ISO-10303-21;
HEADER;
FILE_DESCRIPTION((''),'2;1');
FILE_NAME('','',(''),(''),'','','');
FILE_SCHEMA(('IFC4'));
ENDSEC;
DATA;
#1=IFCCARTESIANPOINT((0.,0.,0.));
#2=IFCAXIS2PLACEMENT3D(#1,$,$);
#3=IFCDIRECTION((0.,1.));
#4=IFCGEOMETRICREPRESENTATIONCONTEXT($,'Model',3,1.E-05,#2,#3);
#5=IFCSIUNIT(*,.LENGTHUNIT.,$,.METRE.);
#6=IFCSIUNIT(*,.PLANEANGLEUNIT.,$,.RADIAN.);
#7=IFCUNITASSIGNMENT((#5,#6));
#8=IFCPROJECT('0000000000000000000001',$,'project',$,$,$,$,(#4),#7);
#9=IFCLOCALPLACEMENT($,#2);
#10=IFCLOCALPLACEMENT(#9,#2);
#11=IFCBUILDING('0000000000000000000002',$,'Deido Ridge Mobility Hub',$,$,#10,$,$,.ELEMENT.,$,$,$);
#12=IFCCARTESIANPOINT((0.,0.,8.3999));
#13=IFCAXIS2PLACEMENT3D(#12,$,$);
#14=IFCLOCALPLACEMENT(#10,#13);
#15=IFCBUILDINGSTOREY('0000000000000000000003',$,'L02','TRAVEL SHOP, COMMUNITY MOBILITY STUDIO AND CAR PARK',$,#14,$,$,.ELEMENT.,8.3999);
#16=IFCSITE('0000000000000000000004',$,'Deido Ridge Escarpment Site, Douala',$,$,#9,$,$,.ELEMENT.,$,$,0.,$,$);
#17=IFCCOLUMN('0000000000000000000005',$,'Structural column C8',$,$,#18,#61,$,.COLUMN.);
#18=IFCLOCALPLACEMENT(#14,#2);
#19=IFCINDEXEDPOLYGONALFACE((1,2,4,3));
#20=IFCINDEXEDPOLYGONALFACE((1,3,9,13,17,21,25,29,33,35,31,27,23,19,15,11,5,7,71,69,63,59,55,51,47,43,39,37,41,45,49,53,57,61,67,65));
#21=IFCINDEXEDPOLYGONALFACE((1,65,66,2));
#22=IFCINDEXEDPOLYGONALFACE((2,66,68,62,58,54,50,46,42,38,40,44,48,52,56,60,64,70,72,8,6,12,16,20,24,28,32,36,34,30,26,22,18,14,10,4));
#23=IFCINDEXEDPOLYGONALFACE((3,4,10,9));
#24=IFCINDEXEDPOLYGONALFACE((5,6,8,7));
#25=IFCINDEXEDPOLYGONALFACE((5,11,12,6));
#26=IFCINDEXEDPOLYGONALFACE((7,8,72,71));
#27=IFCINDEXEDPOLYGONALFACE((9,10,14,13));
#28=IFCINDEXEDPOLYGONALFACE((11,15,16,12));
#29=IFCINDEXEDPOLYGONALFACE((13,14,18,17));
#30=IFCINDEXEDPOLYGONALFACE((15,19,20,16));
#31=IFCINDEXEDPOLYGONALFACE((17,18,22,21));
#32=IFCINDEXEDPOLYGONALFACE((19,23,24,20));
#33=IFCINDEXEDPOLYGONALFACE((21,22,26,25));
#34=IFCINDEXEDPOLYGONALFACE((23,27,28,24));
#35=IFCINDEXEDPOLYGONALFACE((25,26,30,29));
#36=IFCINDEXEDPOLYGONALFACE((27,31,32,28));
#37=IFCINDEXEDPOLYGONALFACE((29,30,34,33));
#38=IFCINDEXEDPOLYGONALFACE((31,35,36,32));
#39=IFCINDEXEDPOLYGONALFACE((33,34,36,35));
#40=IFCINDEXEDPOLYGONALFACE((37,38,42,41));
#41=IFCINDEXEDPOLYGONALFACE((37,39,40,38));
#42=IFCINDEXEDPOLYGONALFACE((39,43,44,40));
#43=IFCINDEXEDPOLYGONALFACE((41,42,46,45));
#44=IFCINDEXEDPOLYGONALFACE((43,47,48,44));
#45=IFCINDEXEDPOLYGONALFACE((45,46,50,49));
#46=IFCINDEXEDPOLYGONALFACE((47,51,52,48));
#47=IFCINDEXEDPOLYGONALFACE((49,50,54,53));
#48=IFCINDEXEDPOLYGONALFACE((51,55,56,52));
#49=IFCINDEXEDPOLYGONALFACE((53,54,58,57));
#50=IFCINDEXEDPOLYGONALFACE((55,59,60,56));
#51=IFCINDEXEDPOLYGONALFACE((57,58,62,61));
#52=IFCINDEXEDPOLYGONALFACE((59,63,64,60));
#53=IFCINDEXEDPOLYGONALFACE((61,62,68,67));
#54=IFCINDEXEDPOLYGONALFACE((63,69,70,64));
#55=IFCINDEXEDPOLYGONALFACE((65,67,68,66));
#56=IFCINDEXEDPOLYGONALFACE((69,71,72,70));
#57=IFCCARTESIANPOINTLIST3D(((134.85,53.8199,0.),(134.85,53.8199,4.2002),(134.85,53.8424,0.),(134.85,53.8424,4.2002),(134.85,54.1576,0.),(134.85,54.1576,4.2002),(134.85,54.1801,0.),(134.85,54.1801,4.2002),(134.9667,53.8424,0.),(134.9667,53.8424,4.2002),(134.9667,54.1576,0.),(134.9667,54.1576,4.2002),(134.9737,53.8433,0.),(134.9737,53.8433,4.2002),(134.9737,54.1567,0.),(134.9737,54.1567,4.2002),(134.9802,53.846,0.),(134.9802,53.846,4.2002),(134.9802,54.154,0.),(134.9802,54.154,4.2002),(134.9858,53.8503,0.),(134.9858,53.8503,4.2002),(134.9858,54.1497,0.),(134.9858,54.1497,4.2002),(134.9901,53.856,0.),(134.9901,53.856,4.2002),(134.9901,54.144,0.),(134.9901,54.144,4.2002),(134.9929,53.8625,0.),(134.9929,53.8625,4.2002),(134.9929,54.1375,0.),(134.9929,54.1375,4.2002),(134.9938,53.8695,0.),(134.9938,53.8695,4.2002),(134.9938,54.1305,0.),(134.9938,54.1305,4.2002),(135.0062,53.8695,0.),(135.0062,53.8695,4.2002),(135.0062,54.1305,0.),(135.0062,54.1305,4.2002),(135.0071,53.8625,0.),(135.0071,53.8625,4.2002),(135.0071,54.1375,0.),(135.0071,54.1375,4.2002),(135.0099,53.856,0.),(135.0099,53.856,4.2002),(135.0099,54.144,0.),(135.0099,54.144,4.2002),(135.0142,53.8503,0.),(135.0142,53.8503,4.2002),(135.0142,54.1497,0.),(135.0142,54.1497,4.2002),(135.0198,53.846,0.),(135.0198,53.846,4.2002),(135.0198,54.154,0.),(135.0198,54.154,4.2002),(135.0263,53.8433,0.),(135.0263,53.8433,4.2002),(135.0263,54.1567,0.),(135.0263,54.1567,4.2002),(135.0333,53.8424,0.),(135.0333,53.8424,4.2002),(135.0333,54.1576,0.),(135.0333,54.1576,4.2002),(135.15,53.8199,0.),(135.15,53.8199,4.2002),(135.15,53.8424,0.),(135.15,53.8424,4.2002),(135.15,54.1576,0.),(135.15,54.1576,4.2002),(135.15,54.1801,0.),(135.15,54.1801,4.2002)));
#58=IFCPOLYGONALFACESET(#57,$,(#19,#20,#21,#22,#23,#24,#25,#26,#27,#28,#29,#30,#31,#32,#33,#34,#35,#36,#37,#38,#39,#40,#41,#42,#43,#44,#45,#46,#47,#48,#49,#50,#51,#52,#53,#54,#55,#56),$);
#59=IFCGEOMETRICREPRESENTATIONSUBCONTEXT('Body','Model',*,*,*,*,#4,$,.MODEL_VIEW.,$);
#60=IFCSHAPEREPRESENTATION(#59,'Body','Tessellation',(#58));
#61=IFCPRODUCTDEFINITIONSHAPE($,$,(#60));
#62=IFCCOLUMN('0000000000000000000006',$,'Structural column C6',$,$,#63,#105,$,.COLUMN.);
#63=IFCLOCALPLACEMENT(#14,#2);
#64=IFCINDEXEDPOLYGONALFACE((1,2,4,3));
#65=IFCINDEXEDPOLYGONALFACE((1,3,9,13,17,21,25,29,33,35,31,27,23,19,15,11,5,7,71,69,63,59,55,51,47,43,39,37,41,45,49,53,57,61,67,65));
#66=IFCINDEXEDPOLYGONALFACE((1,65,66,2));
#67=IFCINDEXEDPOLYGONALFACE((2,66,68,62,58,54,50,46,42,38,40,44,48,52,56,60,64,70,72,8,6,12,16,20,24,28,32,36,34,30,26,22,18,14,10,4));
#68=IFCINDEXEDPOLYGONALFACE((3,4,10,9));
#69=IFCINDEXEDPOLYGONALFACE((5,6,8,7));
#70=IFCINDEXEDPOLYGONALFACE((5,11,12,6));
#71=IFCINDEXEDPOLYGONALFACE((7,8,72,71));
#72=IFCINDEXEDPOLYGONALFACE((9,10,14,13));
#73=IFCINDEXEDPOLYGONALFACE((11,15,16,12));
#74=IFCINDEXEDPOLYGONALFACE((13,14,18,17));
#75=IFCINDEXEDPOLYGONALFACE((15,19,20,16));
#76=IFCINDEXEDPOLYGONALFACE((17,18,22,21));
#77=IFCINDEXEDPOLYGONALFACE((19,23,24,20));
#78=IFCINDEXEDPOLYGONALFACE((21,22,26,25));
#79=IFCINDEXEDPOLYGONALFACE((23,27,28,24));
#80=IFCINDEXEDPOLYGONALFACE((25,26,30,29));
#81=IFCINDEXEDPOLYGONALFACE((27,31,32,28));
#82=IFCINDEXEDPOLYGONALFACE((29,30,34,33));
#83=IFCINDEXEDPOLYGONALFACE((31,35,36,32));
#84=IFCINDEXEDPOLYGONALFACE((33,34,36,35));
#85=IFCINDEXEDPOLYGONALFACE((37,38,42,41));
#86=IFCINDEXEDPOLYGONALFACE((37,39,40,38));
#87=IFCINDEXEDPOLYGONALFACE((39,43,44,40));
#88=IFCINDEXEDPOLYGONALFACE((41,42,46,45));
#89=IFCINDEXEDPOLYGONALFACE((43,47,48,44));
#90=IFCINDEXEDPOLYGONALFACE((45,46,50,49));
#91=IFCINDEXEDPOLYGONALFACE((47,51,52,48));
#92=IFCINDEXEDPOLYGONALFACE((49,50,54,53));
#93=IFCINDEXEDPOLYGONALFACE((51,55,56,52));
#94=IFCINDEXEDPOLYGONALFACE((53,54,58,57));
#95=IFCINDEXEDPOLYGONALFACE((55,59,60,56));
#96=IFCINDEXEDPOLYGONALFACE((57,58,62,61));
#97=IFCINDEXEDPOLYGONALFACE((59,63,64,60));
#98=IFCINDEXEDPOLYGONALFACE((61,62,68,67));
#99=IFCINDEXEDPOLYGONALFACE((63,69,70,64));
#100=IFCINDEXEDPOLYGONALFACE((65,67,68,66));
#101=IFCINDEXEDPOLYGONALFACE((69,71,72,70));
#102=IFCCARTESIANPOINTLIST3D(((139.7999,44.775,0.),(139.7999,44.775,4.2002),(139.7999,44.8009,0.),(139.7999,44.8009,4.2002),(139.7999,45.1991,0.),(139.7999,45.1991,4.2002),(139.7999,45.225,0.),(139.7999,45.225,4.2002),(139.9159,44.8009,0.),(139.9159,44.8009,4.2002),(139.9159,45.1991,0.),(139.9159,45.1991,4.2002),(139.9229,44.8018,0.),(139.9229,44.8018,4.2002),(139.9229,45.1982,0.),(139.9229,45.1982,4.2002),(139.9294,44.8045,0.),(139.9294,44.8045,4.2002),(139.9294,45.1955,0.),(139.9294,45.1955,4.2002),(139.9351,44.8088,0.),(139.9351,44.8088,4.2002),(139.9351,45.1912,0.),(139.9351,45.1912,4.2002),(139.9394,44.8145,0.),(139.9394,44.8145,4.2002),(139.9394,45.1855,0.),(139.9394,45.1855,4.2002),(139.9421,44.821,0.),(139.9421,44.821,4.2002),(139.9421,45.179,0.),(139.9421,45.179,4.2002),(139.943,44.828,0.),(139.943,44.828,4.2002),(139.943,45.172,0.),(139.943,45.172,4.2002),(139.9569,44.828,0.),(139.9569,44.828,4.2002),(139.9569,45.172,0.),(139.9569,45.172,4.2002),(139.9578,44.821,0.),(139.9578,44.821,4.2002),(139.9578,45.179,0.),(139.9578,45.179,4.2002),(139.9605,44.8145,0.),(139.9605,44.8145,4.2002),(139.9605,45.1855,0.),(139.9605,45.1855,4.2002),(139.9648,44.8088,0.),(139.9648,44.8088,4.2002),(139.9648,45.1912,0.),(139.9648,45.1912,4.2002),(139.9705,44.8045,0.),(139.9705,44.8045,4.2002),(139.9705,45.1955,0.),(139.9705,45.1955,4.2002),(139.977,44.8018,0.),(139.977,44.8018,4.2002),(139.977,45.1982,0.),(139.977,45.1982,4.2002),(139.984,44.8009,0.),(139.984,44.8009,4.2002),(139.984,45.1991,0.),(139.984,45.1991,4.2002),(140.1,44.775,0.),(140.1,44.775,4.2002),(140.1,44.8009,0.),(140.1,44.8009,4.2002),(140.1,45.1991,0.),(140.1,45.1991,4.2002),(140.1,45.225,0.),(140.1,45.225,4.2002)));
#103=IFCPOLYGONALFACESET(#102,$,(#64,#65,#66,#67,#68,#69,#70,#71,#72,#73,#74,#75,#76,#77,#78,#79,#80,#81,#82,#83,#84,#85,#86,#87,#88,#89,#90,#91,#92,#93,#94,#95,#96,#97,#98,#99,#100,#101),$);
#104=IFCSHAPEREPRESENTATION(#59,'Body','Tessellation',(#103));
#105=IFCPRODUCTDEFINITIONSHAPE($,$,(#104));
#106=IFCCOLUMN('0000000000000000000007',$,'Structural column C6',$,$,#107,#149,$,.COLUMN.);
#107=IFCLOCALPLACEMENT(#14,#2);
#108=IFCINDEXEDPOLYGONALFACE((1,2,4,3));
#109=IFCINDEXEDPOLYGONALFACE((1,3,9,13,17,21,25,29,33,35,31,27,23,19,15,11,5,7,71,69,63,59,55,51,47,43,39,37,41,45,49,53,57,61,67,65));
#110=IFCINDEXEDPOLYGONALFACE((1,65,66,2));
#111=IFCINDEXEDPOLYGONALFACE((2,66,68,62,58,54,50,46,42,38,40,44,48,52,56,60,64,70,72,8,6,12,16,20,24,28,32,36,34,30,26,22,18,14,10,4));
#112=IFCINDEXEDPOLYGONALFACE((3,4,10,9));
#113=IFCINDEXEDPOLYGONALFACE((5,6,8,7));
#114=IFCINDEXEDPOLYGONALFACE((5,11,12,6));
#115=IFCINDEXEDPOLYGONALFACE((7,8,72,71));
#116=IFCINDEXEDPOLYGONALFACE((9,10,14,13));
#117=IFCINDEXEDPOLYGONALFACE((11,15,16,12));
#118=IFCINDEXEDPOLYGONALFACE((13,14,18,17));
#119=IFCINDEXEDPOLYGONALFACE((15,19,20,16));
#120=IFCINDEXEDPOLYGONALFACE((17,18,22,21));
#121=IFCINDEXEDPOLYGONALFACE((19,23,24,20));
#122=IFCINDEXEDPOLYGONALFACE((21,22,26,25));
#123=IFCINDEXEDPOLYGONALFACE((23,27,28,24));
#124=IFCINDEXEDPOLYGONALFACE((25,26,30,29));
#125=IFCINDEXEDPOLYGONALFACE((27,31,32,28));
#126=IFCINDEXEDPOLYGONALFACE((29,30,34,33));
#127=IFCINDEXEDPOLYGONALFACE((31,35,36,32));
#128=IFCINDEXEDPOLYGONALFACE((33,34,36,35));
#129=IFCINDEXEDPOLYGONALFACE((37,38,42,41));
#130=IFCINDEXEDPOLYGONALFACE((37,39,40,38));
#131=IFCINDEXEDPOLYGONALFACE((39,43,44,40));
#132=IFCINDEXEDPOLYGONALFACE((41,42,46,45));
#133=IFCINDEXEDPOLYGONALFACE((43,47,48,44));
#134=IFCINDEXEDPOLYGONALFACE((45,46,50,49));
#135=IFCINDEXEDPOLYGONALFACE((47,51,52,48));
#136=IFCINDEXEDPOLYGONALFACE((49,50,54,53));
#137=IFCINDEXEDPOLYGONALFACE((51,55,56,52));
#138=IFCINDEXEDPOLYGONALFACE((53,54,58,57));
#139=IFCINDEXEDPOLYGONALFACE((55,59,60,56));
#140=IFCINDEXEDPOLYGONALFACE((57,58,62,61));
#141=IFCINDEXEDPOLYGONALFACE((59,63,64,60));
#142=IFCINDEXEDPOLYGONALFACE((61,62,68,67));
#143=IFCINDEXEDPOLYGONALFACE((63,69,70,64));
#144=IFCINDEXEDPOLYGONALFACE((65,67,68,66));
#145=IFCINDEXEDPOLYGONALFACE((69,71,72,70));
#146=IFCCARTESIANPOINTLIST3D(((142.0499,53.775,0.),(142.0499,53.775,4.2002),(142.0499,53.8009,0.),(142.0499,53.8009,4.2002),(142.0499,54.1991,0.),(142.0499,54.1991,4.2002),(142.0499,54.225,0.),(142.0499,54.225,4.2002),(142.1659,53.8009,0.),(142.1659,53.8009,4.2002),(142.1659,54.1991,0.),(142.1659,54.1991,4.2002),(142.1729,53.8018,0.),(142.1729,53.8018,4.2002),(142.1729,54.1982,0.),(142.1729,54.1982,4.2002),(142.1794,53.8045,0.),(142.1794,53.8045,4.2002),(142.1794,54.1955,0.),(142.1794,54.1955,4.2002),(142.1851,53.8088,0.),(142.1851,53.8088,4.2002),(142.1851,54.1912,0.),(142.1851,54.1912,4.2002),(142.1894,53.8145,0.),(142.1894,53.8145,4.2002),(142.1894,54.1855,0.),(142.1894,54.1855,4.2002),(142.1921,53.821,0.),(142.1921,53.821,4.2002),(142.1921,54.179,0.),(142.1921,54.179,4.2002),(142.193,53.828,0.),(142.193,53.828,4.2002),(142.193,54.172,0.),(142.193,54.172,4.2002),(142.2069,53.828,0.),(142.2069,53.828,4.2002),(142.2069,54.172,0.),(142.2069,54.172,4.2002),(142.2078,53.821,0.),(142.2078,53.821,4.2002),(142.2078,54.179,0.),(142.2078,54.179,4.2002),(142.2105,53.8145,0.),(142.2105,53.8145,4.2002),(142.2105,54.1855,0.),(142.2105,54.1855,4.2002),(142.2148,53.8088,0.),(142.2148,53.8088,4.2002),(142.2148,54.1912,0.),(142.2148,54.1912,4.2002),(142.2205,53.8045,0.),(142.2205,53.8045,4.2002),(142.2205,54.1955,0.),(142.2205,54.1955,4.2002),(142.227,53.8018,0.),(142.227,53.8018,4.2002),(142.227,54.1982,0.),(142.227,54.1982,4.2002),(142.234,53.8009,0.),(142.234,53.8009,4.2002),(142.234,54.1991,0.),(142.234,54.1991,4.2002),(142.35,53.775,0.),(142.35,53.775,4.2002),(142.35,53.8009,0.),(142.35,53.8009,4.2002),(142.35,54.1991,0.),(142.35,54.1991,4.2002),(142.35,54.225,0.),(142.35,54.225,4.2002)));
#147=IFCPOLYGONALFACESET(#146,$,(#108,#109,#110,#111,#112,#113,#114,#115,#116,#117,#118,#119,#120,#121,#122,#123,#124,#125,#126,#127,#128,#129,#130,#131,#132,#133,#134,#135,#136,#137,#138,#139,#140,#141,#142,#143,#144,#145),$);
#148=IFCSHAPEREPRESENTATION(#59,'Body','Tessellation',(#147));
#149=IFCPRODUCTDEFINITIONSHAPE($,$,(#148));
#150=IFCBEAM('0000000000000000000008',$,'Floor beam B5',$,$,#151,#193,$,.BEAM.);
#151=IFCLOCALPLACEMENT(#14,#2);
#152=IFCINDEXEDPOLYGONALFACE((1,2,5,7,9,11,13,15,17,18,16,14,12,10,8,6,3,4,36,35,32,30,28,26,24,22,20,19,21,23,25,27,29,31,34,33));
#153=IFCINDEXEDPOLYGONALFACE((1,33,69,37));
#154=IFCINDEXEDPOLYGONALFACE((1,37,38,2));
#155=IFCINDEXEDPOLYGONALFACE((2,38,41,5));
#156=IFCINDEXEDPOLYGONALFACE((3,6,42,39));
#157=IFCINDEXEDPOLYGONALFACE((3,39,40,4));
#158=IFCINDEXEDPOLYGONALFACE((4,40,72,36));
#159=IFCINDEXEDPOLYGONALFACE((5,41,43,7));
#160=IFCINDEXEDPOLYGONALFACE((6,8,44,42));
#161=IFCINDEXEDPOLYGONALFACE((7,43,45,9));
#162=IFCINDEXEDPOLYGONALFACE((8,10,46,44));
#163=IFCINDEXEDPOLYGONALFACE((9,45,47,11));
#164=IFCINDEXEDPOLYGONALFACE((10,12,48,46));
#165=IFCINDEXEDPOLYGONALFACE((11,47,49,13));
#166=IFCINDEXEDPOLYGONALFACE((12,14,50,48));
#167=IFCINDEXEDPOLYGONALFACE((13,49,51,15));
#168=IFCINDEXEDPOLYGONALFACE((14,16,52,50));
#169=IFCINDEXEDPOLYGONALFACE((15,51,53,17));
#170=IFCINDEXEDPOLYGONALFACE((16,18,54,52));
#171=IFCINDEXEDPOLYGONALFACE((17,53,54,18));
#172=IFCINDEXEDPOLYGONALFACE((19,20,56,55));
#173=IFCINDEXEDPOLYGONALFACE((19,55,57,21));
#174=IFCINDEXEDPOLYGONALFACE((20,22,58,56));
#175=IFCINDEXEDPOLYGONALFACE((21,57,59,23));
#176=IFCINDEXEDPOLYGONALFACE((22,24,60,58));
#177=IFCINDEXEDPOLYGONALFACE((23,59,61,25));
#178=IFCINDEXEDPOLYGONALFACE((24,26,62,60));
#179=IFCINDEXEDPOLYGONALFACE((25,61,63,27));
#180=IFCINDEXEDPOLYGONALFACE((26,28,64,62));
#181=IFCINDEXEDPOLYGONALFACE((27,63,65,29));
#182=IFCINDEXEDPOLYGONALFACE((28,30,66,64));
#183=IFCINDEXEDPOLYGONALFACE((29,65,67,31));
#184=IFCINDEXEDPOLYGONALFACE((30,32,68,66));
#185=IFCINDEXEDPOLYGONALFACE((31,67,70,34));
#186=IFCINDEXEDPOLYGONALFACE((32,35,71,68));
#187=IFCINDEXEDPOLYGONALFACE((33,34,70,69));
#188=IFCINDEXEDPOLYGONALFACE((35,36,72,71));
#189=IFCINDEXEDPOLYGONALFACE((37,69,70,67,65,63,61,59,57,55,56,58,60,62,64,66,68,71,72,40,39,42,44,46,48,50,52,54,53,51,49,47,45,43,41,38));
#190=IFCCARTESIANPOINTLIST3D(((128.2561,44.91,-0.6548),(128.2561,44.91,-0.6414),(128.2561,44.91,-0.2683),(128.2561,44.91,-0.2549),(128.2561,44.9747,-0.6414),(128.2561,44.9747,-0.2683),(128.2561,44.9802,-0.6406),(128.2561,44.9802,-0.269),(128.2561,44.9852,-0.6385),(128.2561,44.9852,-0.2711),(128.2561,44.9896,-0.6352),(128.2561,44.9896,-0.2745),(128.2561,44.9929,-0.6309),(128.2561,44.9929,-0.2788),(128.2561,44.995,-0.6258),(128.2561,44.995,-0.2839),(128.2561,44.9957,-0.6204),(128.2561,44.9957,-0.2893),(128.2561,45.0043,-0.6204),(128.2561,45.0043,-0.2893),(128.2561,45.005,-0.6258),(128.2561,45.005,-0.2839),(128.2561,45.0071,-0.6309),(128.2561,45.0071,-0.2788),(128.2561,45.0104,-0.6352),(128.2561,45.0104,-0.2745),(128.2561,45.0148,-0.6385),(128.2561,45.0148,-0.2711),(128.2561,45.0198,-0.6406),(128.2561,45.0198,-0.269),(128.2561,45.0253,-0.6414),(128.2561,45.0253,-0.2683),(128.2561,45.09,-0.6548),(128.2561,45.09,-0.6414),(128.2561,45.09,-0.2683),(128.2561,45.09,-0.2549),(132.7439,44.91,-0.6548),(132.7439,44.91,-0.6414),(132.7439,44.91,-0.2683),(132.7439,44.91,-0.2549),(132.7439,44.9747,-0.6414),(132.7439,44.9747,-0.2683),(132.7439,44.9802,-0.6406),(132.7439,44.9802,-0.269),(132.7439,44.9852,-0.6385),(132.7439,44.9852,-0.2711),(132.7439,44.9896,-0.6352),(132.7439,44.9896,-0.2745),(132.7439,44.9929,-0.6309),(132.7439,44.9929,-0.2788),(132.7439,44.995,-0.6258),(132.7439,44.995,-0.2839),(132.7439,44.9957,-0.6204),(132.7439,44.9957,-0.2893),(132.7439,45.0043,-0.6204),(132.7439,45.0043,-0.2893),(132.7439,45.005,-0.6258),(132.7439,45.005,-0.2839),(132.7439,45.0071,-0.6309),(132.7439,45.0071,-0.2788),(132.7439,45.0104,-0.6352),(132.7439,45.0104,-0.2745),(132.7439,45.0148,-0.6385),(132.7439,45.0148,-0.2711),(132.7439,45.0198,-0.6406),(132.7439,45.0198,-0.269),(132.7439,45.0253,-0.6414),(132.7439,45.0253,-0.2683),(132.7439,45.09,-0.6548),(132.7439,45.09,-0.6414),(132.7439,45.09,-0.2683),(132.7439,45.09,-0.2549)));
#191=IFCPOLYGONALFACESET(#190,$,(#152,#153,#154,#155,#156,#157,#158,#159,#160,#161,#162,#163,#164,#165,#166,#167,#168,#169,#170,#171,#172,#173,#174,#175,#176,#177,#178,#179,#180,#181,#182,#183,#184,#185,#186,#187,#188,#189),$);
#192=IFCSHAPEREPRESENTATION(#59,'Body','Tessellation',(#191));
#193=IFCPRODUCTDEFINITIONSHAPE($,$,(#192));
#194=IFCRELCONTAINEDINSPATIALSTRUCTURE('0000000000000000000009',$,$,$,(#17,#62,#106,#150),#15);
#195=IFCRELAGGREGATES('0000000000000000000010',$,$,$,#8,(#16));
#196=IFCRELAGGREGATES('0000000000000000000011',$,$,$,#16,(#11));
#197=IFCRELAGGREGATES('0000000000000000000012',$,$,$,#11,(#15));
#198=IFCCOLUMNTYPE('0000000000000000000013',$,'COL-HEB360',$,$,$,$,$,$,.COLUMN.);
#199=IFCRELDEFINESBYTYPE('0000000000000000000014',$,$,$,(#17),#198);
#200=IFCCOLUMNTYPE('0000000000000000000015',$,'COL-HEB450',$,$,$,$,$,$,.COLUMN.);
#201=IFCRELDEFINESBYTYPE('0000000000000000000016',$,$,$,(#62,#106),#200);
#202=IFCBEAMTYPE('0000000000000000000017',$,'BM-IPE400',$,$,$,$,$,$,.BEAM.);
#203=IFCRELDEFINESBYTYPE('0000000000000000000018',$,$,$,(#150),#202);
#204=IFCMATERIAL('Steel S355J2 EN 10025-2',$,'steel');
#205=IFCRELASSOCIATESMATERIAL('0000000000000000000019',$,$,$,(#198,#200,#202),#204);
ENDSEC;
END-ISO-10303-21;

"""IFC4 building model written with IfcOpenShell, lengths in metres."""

from ifc_helpers import new_model, si_unit, direction, frame, origin, origin_2d, place, context, subcontext, project, spatial, i_section, extrude, material, material_profile, profile_set, type_object, element, save


model = new_model("IFC4")

# Units and contexts
model_context = context("Model", 3, precision=1e-05, world=origin(), true_north=direction((0.0, 1.0)))
body_context = subcontext(model_context, "Body", "Model", "MODEL_VIEW")
ifc_project = project(units=[si_unit("LENGTHUNIT", "METRE"), si_unit("PLANEANGLEUNIT", "RADIAN")], contexts=[model_context])

# Site, building, storey
site_placement = place(None, origin())
site = spatial("IfcSite", under=ifc_project, at=site_placement, Name="Deido Ridge Escarpment Site, Douala", CompositionType="ELEMENT", RefElevation=0.0)
building_placement = place(site_placement, origin())
building = spatial("IfcBuilding", under=site, at=building_placement, Name="Deido Ridge Mobility Hub", CompositionType="ELEMENT")
storey_placement = place(building_placement, frame((0.0, 0.0, 8.3999)))
storey = spatial("IfcBuildingStorey", under=building, at=storey_placement, Name="L02", Description="TRAVEL SHOP, COMMUNITY MOBILITY STUDIO AND CAR PARK", CompositionType="ELEMENT", Elevation=8.3999)

# Columns
ifc_material_1 = material(Name="Steel S355J2 EN 10025-2", Category="steel")
ifc_material_profile_1 = material_profile(ifc_material_1, i_section(OverallWidth=0.3, OverallDepth=0.3601, WebThickness=0.0125, FlangeThickness=0.0225, FilletRadius=0.0271, at=origin_2d()), Name="HEB 360")
ifc_profile_set_1 = profile_set([ifc_material_profile_1], Name="Steel S355J2 EN 10025-2")
column_type_1 = type_object("IfcColumnType", Name="COL-HEB360", PredefinedType="COLUMN", material=ifc_profile_set_1)
for number, where, z_axis, x_axis, name in (
    (1, (135.0, 54.0, 0.0), (0.0, 0.0, 1.0), (1.0, 0.0, 0.0), "Structural column C8"),
):
    element("IfcColumn", number, at=place(storey_placement, frame(where, z_axis=z_axis, x_axis=x_axis)), inside=storey, type_object=column_type_1, Name=name, PredefinedType="COLUMN", context=body_context, shape_type="SweptSolid", body=[
        extrude(i_section(OverallWidth=0.3, OverallDepth=0.3601, WebThickness=0.0125, FlangeThickness=0.0225, FilletRadius=0.0271, at=origin_2d()), origin(), (0.0, 0.0, 1.0), 4.2002),
    ])
ifc_material_profile_2 = material_profile(ifc_material_1, i_section(OverallWidth=0.3, OverallDepth=0.45, WebThickness=0.0139, FlangeThickness=0.0259, FilletRadius=0.0271, at=origin_2d()), Name="HEB 450")
ifc_profile_set_2 = profile_set([ifc_material_profile_2], Name="Steel S355J2 EN 10025-2")
column_type_2 = type_object("IfcColumnType", Name="COL-HEB450", PredefinedType="COLUMN", material=ifc_profile_set_2)
for number, where, z_axis, x_axis, name in (
    (2, (139.95, 45.0, 0.0), (0.0, 0.0, 1.0), (1.0, 0.0, 0.0), "Structural column C6"),
    (3, (142.2, 54.0, 0.0), (0.0, 0.0, 1.0), (1.0, 0.0, 0.0), "Structural column C6"),
):
    element("IfcColumn", number, at=place(storey_placement, frame(where, z_axis=z_axis, x_axis=x_axis)), inside=storey, type_object=column_type_2, Name=name, PredefinedType="COLUMN", context=body_context, shape_type="SweptSolid", body=[
        extrude(i_section(OverallWidth=0.3, OverallDepth=0.45, WebThickness=0.0139, FlangeThickness=0.0259, FilletRadius=0.0271, at=origin_2d()), origin(), (0.0, 0.0, 1.0), 4.2002),
    ])

# Beam
ifc_material_profile_3 = material_profile(ifc_material_1, i_section(OverallWidth=0.1799, OverallDepth=0.3999, WebThickness=0.0085, FlangeThickness=0.0134, FilletRadius=0.021, at=origin_2d()), Name="IPE 400")
ifc_profile_set_3 = profile_set([ifc_material_profile_3], Name="Steel S355J2 EN 10025-2")
beam_type_1 = type_object("IfcBeamType", Name="BM-IPE400", PredefinedType="BEAM", material=ifc_profile_set_3)
for number, where, z_axis, x_axis, name in (
    (4, (128.2561, 45.0, -0.4548), (1.0, 0.0, 0.0), (0.0, 1.0, 0.0), "Floor beam B5"),
):
    element("IfcBeam", number, at=place(storey_placement, frame(where, z_axis=z_axis, x_axis=x_axis)), inside=storey, type_object=beam_type_1, Name=name, PredefinedType="BEAM", context=body_context, shape_type="SweptSolid", body=[
        extrude(i_section(OverallWidth=0.1799, OverallDepth=0.3999, WebThickness=0.0085, FlangeThickness=0.0134, FilletRadius=0.021, at=origin_2d()), origin(), (0.0, 0.0, 1.0), 4.4878),
    ])

save(model, "model.ifc")
